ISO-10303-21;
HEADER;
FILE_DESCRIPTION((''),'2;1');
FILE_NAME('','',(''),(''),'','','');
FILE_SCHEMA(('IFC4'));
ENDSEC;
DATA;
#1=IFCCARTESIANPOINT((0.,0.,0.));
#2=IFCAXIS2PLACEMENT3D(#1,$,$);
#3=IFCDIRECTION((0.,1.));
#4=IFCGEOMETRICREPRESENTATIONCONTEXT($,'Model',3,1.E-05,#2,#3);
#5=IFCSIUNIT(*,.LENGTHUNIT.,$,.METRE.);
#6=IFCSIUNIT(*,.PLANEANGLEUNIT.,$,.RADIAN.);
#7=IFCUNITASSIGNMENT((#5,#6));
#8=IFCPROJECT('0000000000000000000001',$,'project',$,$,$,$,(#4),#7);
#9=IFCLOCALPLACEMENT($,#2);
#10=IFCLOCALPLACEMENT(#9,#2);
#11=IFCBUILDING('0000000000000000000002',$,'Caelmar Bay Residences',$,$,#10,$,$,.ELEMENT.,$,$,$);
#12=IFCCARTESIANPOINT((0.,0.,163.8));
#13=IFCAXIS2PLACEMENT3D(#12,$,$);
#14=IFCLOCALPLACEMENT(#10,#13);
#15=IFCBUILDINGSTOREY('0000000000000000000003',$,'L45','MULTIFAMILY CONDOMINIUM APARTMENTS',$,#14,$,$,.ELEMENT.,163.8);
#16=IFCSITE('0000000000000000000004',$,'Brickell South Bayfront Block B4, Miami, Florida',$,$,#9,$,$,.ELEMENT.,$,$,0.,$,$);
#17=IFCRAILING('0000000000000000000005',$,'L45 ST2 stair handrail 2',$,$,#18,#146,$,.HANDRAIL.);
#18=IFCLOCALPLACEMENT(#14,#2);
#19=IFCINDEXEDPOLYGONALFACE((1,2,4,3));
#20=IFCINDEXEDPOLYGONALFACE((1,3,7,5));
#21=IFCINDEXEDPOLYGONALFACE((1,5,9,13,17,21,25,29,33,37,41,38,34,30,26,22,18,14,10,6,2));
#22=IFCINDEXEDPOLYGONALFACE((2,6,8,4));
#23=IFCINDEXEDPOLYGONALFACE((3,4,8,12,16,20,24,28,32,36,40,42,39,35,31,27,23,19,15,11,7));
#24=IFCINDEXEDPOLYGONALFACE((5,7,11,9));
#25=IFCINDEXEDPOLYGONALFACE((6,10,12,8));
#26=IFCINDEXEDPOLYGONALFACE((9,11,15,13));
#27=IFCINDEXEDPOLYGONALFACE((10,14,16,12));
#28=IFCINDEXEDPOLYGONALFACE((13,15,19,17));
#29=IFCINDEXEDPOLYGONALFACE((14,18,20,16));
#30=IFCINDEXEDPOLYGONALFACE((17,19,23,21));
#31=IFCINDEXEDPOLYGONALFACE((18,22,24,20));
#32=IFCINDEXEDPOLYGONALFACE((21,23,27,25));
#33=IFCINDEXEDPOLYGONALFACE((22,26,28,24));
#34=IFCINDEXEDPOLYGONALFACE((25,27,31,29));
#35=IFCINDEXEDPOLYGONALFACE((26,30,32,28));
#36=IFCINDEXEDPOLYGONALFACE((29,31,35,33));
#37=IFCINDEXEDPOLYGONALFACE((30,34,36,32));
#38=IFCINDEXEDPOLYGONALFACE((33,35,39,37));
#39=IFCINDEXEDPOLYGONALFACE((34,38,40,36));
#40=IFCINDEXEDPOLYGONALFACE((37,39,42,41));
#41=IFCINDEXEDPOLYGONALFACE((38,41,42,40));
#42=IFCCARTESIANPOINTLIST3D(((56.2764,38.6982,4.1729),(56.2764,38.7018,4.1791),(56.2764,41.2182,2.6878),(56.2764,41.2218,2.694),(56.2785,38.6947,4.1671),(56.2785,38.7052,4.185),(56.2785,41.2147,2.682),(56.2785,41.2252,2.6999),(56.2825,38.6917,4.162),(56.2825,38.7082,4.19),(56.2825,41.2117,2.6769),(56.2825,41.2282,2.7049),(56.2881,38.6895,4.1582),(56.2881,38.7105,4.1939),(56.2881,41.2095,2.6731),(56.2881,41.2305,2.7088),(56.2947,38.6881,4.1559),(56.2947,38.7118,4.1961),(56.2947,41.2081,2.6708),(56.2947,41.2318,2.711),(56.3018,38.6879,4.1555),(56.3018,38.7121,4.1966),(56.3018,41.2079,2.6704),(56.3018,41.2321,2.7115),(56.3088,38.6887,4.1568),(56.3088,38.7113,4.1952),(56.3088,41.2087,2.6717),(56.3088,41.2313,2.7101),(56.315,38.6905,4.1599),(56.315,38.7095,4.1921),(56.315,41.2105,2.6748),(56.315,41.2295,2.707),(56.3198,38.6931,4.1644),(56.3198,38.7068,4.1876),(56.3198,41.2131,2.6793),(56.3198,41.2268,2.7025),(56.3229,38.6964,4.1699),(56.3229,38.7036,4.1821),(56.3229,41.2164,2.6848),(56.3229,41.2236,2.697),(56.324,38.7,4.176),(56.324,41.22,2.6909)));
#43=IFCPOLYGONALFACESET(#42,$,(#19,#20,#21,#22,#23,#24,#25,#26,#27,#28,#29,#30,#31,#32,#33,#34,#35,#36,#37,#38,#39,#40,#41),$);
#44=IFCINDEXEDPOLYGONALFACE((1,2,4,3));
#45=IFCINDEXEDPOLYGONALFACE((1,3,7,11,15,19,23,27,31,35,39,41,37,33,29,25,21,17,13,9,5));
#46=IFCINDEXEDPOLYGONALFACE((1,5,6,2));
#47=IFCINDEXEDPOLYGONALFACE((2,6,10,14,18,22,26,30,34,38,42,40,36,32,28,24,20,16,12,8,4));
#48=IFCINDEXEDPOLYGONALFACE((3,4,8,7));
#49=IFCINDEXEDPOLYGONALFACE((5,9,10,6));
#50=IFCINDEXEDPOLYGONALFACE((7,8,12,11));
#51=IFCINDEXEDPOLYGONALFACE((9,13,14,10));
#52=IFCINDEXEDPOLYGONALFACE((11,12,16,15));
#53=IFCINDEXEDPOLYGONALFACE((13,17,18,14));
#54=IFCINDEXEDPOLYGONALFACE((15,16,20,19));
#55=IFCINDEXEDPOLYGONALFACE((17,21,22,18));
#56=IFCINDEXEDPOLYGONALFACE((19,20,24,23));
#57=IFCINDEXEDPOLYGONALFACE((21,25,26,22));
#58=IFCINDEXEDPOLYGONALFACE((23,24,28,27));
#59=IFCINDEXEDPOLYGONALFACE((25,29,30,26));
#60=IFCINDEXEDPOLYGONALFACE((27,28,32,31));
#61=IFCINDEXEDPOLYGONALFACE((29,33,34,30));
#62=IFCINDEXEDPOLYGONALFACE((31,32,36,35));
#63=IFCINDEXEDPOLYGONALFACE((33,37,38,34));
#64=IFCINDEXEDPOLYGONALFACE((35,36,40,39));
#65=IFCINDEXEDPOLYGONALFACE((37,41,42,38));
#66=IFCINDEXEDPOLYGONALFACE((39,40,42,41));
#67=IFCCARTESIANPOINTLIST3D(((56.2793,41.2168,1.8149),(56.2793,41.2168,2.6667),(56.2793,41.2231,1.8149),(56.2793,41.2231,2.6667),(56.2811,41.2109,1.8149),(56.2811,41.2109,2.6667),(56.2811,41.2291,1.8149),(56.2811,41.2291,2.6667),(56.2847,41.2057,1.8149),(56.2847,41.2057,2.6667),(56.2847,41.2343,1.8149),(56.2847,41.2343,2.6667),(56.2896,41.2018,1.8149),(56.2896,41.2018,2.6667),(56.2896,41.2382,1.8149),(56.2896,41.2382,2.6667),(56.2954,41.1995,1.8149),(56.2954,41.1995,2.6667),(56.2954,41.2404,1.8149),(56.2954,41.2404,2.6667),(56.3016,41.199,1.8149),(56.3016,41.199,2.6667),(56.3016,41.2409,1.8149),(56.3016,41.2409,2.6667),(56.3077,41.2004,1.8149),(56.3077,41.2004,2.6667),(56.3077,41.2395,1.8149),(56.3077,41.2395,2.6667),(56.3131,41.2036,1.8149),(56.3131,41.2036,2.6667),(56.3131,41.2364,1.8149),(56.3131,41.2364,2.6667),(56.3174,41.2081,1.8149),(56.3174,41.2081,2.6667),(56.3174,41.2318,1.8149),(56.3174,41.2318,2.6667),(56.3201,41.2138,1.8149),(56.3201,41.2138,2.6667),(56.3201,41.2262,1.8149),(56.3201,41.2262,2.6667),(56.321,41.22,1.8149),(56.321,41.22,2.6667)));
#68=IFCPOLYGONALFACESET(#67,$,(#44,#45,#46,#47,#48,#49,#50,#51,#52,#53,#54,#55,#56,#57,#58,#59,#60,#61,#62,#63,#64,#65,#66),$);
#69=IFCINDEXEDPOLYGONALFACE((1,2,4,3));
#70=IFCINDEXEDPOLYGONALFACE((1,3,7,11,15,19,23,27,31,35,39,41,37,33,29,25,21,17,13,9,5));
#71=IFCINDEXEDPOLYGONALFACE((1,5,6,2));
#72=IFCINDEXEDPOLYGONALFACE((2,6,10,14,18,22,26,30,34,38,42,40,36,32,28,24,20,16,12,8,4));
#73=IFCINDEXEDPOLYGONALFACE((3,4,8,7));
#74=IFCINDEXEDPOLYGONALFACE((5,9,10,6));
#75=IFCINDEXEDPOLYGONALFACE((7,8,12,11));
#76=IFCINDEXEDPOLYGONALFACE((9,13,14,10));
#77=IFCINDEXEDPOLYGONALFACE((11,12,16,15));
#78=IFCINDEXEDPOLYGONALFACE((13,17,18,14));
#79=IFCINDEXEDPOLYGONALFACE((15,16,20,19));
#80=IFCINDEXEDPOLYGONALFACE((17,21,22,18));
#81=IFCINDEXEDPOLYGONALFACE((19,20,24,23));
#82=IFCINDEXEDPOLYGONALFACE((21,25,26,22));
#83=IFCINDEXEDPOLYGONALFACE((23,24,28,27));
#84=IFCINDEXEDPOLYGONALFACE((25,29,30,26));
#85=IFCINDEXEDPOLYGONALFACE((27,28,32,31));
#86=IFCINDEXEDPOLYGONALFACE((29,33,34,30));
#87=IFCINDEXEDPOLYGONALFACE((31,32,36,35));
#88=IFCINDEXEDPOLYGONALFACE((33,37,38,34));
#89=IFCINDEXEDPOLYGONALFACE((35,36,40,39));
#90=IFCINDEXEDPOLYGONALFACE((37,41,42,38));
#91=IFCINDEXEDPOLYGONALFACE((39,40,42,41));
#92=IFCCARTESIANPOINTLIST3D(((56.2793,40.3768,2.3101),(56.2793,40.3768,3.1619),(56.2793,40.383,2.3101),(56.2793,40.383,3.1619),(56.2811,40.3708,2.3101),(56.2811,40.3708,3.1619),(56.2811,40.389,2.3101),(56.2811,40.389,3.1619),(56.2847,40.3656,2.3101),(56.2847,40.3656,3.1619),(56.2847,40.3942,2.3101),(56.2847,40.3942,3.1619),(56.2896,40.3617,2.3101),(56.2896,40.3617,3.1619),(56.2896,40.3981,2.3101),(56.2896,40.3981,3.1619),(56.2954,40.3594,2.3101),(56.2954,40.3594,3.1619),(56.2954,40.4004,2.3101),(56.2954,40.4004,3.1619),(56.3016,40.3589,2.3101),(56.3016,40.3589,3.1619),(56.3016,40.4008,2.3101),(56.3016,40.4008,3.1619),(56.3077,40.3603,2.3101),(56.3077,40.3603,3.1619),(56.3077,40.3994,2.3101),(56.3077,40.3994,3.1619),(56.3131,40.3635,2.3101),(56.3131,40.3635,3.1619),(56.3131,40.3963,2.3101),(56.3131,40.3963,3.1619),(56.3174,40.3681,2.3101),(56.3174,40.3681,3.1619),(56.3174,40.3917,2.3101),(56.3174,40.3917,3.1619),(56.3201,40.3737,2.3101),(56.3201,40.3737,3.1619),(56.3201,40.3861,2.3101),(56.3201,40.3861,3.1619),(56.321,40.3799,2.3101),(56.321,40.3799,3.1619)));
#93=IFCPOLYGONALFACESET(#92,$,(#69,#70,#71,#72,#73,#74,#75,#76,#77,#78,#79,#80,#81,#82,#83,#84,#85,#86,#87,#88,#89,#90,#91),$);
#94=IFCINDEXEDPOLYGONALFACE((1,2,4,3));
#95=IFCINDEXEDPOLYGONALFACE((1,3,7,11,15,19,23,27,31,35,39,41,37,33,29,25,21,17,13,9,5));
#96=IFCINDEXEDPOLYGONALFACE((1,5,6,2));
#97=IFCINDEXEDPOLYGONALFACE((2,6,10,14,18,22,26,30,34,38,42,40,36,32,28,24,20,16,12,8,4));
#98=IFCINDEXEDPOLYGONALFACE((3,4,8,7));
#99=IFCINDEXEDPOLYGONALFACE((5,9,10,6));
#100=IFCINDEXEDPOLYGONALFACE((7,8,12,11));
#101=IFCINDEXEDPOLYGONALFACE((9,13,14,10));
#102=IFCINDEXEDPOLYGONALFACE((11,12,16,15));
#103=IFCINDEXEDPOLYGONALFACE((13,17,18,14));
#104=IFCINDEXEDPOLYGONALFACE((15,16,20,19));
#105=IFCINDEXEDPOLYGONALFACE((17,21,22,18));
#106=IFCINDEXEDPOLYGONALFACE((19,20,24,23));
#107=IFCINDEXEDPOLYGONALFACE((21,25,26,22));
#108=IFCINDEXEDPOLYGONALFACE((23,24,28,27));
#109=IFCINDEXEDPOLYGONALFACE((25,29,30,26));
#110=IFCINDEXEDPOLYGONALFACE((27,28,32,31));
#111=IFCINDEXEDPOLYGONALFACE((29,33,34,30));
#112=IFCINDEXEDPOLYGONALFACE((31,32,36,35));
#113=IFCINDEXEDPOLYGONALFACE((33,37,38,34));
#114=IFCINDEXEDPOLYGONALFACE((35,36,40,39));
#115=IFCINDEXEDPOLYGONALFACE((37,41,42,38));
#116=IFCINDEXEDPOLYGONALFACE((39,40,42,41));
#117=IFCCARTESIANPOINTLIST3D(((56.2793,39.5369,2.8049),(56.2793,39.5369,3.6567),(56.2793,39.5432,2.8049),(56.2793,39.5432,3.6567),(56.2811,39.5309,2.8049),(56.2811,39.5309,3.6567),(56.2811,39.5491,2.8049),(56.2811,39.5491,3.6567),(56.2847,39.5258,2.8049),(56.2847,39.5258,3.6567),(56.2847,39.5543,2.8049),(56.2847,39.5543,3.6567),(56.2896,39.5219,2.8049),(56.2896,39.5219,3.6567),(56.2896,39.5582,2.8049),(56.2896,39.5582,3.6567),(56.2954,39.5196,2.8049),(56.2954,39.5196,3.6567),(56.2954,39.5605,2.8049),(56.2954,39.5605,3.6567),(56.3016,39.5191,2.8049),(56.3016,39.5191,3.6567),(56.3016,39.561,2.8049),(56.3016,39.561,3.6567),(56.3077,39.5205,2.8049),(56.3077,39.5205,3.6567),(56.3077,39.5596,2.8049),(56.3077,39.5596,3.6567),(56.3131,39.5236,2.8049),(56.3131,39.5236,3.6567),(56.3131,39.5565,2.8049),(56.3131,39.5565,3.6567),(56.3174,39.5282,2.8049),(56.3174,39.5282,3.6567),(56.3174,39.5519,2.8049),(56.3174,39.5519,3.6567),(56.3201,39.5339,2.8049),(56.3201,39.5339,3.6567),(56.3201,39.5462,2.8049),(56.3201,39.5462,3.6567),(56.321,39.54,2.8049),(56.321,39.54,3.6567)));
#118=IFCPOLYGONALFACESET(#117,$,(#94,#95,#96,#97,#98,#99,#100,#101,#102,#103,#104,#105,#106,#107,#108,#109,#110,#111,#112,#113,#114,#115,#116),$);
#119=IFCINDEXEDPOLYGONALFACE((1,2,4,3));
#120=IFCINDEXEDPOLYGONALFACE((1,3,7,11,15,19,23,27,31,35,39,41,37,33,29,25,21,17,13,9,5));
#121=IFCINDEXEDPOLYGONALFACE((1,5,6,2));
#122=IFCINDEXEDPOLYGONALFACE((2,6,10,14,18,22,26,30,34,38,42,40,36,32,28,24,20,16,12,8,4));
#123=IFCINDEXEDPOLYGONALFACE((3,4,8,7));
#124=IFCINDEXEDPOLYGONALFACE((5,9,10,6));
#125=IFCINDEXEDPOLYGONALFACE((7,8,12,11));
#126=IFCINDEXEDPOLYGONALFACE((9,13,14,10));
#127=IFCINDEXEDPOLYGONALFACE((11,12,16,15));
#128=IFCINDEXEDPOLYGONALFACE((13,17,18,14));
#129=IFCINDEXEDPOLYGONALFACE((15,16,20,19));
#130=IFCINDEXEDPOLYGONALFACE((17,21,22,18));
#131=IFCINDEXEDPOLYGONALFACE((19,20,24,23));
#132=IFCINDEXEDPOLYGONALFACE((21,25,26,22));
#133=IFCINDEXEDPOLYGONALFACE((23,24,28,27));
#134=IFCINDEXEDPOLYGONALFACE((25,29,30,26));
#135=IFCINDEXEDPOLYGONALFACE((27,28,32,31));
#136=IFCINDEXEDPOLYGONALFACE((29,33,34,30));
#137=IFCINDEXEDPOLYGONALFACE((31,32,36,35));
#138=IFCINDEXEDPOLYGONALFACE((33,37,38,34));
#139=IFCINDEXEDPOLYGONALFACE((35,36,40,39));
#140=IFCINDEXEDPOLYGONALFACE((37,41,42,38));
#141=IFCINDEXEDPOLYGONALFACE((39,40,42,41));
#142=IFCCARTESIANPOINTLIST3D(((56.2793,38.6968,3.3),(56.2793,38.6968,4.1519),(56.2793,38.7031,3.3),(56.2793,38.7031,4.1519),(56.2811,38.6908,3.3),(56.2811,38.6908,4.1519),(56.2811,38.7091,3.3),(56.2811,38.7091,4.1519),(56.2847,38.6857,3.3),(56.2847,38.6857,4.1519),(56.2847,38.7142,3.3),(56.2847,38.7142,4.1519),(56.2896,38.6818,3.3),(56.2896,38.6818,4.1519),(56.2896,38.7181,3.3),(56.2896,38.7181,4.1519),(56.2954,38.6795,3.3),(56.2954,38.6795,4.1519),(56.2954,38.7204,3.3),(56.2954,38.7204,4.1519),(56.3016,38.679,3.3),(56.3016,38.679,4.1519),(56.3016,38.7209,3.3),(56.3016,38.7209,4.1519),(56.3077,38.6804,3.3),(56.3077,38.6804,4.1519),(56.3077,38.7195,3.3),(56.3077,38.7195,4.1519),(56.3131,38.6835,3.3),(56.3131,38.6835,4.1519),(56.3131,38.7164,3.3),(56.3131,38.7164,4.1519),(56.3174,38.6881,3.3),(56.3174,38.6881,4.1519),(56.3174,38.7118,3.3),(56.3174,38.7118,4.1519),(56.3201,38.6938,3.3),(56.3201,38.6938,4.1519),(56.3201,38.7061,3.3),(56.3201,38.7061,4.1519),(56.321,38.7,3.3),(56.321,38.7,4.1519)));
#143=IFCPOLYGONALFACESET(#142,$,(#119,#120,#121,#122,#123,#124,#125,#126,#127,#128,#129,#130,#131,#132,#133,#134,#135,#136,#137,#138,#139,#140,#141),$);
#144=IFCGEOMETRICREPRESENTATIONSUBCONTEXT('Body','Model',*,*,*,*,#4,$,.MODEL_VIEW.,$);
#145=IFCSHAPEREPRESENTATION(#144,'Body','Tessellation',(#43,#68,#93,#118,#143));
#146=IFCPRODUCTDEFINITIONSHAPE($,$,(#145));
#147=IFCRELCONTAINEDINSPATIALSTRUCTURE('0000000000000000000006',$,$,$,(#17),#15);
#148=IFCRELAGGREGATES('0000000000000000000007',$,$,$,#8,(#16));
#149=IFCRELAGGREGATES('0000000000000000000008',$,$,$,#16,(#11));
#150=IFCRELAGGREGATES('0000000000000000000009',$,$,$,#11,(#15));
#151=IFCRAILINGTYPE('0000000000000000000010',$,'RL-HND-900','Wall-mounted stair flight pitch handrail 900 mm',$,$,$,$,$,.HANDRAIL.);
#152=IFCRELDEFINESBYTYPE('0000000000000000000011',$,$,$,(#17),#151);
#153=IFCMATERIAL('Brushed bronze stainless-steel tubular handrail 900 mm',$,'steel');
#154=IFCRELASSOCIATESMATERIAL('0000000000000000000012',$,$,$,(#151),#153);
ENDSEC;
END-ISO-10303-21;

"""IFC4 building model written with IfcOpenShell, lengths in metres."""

from ifc_helpers import new_model, si_unit, direction, frame, origin, origin_2d, place, context, subcontext, project, spatial, circle, extrude, material, type_object, element, save


model = new_model("IFC4")

# Units and contexts
model_context = context("Model", 3, precision=1e-05, world=origin(), true_north=direction((0.0, 1.0)))
body_context = subcontext(model_context, "Body", "Model", "MODEL_VIEW")
ifc_project = project(units=[si_unit("LENGTHUNIT", "METRE"), si_unit("PLANEANGLEUNIT", "RADIAN")], contexts=[model_context])

# Site, building, storey
site_placement = place(None, origin())
site = spatial("IfcSite", under=ifc_project, at=site_placement, Name="Brickell South Bayfront Block B4, Miami, Florida", CompositionType="ELEMENT", RefElevation=0.0)
building_placement = place(site_placement, origin())
building = spatial("IfcBuilding", under=site, at=building_placement, Name="Caelmar Bay Residences", CompositionType="ELEMENT")
storey_placement = place(building_placement, frame((0.0, 0.0, 163.8)))
storey = spatial("IfcBuildingStorey", under=building, at=storey_placement, Name="L45", Description="MULTIFAMILY CONDOMINIUM APARTMENTS", CompositionType="ELEMENT", Elevation=163.8)

# Railing
ifc_material_1 = material(Name="Brushed bronze stainless-steel tubular handrail 900 mm", Category="steel")
railing_type_1 = type_object("IfcRailingType", Name="RL-HND-900", Description="Wall-mounted stair flight pitch handrail 900 mm", PredefinedType="HANDRAIL", material=ifc_material_1)
railing_1_placement = place(storey_placement, frame((56.3, 41.22, 1.8149)))
element("IfcRailing", 1, at=railing_1_placement, inside=storey, type_object=railing_type_1, Name="L45 ST2 stair handrail 2", PredefinedType="HANDRAIL", context=body_context, shape_type="SweptSolid", body=[
    extrude(circle(Radius=0.0239, at=origin_2d()), frame((0.0, 0.0, 0.876), z_axis=(0.0, -0.861524, 0.507717), x_axis=(1.0, 0.0, 0.0)), (0.0, 0.0, 1.0), 2.925),
    extrude(circle(Radius=0.021, at=origin_2d()), origin(), (0.0, 0.0, 1.0), 0.8518),
    extrude(circle(Radius=0.021, at=origin_2d()), frame((0.0, -0.8401, 0.4951)), (0.0, 0.0, 1.0), 0.8518),
    extrude(circle(Radius=0.021, at=origin_2d()), frame((0.0, -1.6799, 0.99)), (0.0, 0.0, 1.0), 0.8518),
    extrude(circle(Radius=0.021, at=origin_2d()), frame((0.0, -2.52, 1.4851)), (0.0, 0.0, 1.0), 0.8518),
])

save(model, "model.ifc")
